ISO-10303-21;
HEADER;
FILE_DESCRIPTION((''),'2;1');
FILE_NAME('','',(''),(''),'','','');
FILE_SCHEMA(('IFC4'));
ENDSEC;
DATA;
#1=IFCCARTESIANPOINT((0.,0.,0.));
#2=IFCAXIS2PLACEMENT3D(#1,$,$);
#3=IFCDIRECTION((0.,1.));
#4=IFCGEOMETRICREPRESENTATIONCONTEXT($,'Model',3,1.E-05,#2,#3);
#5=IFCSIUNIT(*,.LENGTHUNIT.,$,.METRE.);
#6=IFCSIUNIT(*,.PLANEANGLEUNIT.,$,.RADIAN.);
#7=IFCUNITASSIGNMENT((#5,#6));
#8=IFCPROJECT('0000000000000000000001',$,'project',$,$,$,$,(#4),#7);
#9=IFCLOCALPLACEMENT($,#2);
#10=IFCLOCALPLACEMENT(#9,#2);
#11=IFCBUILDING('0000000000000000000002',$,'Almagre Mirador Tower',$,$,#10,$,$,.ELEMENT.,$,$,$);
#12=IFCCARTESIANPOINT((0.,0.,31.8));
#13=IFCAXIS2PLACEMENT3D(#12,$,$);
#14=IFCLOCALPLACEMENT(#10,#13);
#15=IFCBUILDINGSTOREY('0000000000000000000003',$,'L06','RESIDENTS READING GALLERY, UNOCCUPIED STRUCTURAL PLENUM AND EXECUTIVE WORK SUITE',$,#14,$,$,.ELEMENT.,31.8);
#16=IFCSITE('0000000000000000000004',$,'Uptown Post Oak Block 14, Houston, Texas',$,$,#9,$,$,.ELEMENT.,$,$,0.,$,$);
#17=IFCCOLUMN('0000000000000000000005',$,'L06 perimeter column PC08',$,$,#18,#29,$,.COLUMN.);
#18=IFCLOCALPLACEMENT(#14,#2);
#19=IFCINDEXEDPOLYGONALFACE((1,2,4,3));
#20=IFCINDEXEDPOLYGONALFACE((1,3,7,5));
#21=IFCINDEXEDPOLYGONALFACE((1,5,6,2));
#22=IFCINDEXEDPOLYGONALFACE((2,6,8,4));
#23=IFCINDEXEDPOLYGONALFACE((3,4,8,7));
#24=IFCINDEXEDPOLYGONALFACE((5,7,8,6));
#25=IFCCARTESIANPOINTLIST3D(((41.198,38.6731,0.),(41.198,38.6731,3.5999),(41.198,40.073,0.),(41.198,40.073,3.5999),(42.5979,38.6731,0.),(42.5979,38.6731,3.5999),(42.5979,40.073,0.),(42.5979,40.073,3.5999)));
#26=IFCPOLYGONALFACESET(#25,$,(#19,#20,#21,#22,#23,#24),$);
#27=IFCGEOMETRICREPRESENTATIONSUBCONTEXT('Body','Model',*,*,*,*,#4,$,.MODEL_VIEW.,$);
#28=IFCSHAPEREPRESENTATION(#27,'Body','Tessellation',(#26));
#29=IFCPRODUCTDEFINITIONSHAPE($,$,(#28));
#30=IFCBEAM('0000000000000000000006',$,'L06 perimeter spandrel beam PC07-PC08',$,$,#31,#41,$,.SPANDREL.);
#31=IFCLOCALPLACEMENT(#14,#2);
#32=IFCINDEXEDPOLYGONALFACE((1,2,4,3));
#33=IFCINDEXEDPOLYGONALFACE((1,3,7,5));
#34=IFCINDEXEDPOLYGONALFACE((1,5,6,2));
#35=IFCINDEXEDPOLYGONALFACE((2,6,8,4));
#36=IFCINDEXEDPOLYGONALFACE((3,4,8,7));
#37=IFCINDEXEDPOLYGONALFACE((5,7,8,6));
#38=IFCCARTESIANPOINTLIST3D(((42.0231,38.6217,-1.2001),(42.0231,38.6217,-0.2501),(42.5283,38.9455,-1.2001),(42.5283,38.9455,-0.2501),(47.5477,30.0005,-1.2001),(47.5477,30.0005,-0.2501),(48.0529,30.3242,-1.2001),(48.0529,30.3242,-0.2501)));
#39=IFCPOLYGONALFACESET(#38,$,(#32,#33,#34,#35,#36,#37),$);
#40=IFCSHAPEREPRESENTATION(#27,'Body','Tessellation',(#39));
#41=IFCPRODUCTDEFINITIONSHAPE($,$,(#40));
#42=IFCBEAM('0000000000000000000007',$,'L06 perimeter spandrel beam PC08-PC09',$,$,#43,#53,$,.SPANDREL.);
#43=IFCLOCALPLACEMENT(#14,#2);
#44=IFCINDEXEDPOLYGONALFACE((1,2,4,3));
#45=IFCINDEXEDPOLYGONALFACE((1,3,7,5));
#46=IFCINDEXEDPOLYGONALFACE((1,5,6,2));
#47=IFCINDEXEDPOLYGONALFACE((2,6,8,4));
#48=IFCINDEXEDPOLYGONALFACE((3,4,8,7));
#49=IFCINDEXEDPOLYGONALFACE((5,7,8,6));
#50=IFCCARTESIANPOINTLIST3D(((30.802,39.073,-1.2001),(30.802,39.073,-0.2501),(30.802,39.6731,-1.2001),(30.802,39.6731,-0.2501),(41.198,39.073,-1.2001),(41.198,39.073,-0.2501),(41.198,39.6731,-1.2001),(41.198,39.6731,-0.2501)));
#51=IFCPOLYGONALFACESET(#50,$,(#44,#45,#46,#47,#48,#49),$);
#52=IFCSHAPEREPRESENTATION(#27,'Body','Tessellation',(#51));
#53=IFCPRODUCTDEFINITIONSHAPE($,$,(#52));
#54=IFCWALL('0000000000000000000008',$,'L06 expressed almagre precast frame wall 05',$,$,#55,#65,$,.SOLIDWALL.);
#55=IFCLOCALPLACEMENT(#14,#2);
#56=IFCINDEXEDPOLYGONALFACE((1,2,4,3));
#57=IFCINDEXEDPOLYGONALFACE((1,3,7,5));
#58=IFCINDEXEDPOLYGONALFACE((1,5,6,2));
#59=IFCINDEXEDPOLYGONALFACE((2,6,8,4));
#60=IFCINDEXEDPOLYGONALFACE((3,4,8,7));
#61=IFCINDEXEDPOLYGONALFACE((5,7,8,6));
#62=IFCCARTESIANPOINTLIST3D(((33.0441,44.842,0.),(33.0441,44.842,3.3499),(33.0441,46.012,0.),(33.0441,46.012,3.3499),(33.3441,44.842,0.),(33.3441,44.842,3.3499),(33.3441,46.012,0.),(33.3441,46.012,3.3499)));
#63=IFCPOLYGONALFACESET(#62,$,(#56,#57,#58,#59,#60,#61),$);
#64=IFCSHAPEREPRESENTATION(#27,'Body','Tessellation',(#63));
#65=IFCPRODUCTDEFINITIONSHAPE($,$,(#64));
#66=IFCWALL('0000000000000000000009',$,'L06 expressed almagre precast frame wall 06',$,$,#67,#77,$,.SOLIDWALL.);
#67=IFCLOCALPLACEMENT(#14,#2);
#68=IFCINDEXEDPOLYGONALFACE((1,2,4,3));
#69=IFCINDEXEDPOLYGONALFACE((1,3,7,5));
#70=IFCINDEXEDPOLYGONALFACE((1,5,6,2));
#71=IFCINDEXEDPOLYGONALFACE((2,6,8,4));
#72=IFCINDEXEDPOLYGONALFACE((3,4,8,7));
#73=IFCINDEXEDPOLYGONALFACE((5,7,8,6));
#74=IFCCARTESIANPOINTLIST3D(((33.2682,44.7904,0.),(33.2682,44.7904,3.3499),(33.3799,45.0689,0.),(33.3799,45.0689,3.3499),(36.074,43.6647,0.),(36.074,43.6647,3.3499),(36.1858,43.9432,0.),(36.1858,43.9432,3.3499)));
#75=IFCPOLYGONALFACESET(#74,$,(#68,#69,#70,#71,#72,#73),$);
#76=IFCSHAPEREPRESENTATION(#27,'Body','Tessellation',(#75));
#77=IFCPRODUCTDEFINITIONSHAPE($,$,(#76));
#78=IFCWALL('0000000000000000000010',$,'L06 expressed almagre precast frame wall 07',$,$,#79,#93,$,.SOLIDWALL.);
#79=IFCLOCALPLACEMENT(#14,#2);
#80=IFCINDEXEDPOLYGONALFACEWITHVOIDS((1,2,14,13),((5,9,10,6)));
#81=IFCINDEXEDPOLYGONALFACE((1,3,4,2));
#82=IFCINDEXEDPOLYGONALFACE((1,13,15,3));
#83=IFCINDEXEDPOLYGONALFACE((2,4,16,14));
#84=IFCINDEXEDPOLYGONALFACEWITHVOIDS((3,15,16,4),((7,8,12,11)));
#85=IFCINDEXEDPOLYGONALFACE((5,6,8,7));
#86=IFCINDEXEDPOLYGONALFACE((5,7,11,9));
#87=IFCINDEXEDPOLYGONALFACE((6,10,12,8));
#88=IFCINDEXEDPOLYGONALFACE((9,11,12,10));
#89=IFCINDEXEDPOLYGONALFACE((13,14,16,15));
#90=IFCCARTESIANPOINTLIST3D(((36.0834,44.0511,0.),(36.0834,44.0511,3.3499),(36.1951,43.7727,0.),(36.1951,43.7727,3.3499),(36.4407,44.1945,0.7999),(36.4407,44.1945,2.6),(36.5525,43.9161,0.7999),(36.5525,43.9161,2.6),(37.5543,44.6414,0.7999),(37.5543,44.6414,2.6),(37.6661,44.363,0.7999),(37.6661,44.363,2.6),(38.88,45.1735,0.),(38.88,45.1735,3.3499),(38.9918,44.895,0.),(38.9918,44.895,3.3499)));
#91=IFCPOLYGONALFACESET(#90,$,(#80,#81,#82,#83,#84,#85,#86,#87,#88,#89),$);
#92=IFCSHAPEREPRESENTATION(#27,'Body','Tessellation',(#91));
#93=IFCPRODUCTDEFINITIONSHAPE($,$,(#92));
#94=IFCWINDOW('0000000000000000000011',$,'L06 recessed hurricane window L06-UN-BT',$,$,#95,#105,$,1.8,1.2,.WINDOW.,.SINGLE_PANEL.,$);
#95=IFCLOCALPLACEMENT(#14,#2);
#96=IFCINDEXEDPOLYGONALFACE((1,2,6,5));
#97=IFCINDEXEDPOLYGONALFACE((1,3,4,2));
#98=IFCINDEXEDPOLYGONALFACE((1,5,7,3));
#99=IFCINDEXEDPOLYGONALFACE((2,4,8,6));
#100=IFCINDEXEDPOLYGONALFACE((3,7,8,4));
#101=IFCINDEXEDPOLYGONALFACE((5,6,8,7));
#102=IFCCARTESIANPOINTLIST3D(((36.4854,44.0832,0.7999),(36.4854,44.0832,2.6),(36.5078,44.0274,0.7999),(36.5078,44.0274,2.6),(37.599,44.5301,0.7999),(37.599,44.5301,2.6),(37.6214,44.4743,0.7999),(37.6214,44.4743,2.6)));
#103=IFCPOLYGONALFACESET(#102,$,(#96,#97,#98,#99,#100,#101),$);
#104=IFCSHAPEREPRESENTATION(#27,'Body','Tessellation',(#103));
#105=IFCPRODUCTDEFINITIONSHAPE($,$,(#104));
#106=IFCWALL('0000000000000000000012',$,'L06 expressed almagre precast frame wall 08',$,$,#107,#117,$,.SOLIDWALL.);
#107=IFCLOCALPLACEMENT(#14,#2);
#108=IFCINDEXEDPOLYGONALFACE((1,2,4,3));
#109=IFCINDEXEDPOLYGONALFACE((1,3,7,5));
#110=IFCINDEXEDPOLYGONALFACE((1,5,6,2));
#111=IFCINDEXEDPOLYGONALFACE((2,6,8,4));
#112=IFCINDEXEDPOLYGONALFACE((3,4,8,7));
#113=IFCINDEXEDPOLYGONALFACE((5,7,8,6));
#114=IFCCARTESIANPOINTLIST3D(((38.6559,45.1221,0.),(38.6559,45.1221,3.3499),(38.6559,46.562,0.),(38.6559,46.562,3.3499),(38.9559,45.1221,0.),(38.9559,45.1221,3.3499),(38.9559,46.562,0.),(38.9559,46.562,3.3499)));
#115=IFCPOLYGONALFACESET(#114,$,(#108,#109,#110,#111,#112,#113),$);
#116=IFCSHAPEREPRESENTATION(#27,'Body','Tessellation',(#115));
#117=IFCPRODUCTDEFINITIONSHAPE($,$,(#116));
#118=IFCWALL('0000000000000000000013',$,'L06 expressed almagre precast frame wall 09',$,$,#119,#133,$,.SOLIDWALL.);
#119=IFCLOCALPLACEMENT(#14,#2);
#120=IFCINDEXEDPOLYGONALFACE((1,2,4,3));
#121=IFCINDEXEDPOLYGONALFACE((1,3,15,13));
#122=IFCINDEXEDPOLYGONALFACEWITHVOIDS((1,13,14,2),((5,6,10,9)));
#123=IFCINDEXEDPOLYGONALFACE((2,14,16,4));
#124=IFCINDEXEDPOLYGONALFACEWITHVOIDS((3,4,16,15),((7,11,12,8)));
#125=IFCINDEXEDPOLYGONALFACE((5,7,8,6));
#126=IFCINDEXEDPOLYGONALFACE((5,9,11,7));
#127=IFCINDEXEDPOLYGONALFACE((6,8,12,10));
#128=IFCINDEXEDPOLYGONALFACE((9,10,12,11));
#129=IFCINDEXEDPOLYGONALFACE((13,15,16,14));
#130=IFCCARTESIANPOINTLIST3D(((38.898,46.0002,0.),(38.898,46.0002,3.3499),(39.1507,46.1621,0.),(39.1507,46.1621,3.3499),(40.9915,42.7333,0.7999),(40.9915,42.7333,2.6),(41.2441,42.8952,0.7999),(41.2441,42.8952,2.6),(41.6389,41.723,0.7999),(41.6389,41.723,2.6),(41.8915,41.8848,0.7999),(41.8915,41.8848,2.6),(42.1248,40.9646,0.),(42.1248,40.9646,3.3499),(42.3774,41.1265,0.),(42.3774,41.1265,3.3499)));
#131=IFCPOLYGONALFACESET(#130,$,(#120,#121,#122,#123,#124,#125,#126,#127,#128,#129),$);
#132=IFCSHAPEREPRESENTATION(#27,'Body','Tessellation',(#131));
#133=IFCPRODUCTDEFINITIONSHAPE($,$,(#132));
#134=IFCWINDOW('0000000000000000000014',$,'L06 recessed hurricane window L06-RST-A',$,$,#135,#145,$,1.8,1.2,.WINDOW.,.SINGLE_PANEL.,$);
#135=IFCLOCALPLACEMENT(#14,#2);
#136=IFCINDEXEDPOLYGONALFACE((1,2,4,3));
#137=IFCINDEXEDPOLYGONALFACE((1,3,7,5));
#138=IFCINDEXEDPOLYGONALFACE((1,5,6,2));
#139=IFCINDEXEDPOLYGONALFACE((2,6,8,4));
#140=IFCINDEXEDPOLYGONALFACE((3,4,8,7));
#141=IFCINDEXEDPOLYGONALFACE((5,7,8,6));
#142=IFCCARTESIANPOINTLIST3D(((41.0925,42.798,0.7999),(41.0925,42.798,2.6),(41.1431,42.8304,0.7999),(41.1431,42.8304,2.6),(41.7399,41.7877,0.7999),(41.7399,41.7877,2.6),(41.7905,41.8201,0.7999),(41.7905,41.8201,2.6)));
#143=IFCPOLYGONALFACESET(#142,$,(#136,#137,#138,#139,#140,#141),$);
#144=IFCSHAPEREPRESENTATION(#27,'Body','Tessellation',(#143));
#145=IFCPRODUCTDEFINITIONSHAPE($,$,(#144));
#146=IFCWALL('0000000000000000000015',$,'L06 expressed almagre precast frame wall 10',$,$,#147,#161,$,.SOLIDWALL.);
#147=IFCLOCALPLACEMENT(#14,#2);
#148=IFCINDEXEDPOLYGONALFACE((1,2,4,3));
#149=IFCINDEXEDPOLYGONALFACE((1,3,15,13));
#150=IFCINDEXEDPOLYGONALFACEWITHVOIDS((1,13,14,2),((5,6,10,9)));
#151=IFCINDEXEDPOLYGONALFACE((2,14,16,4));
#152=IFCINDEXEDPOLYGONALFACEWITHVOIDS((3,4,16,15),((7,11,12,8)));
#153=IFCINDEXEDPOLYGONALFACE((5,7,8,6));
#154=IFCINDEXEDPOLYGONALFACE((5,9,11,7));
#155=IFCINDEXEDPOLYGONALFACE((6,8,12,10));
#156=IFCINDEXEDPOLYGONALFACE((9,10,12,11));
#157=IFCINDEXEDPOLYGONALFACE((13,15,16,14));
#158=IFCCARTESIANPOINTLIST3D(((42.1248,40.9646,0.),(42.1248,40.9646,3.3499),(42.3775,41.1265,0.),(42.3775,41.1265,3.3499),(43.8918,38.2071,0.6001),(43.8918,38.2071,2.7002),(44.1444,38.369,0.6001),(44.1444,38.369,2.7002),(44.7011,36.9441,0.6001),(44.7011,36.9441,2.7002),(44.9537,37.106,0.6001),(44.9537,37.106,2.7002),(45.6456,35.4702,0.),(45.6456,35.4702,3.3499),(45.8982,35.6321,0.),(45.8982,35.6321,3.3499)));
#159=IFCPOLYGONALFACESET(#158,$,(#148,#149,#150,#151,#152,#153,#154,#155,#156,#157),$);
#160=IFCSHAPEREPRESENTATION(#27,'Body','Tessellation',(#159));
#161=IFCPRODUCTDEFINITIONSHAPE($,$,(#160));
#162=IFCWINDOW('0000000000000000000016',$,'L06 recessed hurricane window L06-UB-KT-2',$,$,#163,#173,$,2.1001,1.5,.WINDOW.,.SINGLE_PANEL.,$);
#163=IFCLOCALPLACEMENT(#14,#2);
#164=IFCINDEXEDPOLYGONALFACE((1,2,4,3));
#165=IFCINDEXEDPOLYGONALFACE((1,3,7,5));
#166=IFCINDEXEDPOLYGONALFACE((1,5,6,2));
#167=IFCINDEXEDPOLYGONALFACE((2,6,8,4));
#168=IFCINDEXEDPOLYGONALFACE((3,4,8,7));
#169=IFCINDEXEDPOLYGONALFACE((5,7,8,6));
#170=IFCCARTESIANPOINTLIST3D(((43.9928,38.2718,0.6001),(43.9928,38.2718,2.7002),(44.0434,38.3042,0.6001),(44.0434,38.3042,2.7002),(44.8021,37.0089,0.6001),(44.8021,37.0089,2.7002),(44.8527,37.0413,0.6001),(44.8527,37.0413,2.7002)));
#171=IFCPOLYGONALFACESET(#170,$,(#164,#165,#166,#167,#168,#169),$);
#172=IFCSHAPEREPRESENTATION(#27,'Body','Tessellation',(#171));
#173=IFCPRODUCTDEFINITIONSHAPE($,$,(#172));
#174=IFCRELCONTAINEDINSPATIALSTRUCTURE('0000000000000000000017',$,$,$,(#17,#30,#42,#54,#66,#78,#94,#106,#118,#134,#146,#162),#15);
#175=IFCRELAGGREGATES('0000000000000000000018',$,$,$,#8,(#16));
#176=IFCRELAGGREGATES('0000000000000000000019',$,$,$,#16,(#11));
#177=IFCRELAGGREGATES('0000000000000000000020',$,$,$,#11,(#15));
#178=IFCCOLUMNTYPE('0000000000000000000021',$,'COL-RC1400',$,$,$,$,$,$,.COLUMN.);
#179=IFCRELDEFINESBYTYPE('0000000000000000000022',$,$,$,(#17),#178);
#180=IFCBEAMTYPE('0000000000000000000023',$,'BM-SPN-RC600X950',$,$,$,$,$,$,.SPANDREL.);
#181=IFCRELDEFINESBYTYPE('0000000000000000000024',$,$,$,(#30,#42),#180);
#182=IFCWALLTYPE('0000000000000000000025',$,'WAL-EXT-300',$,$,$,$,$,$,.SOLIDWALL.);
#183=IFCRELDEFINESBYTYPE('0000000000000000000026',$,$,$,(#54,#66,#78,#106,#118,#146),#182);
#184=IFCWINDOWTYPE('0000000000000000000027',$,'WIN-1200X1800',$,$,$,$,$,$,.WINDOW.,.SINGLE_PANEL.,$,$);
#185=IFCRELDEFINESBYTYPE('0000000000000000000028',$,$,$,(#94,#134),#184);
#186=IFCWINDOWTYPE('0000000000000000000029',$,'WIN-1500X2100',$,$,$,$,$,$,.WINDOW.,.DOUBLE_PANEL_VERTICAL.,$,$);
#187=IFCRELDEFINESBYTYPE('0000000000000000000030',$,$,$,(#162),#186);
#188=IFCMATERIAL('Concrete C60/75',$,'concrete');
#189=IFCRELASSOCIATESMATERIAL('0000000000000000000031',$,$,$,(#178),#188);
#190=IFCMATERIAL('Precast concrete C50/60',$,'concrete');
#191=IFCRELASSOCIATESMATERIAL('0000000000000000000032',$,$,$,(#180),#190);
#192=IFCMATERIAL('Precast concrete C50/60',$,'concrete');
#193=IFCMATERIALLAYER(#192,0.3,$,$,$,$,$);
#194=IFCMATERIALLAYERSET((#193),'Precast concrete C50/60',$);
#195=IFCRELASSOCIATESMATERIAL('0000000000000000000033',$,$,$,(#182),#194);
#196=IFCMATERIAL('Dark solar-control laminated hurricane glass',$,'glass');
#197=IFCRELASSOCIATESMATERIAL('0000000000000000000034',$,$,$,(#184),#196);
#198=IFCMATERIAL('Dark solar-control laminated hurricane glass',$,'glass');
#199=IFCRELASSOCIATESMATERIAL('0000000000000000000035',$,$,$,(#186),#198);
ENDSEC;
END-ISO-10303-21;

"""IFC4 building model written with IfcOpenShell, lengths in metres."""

from ifc_helpers import new_model, si_unit, direction, frame, frame_2d, origin, origin_2d, place, context, subcontext, project, spatial, rectangle, extrude, material, layer, layer_set, material_profile, profile_set, type_object, element, fill, save


model = new_model("IFC4")

# Units and contexts
model_context = context("Model", 3, precision=1e-05, world=origin(), true_north=direction((0.0, 1.0)))
body_context = subcontext(model_context, "Body", "Model", "MODEL_VIEW")
ifc_project = project(units=[si_unit("LENGTHUNIT", "METRE"), si_unit("PLANEANGLEUNIT", "RADIAN")], contexts=[model_context])

# Site, building, storey
site_placement = place(None, origin())
site = spatial("IfcSite", under=ifc_project, at=site_placement, Name="Uptown Post Oak Block 14, Houston, Texas", CompositionType="ELEMENT", RefElevation=0.0)
building_placement = place(site_placement, origin())
building = spatial("IfcBuilding", under=site, at=building_placement, Name="Almagre Mirador Tower", CompositionType="ELEMENT")
storey_placement = place(building_placement, frame((0.0, 0.0, 31.8)))
storey = spatial("IfcBuildingStorey", under=building, at=storey_placement, Name="L06", Description="RESIDENTS READING GALLERY, UNOCCUPIED STRUCTURAL PLENUM AND EXECUTIVE WORK SUITE", CompositionType="ELEMENT", Elevation=31.8)

# Column
ifc_material_1 = material(Name="Concrete C60/75", Category="concrete")
ifc_material_profile_1 = material_profile(ifc_material_1, rectangle(XDim=1.3999, YDim=1.3999, at=origin_2d()), Name="RC1400X1400")
ifc_profile_set_1 = profile_set([ifc_material_profile_1], Name="Concrete C60/75")
column_type = type_object("IfcColumnType", Name="COL-RC1400", PredefinedType="COLUMN", material=ifc_profile_set_1)
column_placement = place(storey_placement, frame((41.8979, 39.373, 0.0), z_axis=(0.0, 0.0, 1.0), x_axis=(1.0, 0.0, 0.0)))
element("IfcColumn", 1, at=column_placement, inside=storey, type_object=column_type, Name="L06 perimeter column PC08", PredefinedType="COLUMN", context=body_context, shape_type="SweptSolid", body=[
    extrude(rectangle(XDim=1.3999, YDim=1.3999, at=origin_2d()), origin(), (0.0, 0.0, 1.0), 3.5999),
])

# Beams
ifc_material_2 = material(Name="Precast concrete C50/60", Category="concrete")
ifc_material_profile_2 = material_profile(ifc_material_2, rectangle(XDim=0.6001, YDim=0.95, at=origin_2d()), Name="RC600X950")
ifc_profile_set_2 = profile_set([ifc_material_profile_2], Name="Precast concrete C50/60")
beam_type = type_object("IfcBeamType", Name="BM-SPN-RC600X950", PredefinedType="SPANDREL", material=ifc_profile_set_2)
beam_1_placement = place(storey_placement, frame((47.8003, 30.1624, -0.7251), z_axis=(-0.539539, 0.841961, 0.0), x_axis=(-0.841961, -0.539539, 0.0)))
element("IfcBeam", 2, at=beam_1_placement, inside=storey, type_object=beam_type, Name="L06 perimeter spandrel beam PC07-PC08", PredefinedType="SPANDREL", context=body_context, shape_type="SweptSolid", body=[
    extrude(rectangle(XDim=0.6001, YDim=0.95, at=origin_2d()), origin(), (0.0, 0.0, 1.0), 10.2395),
])
beam_2_placement = place(storey_placement, frame((41.198, 39.373, -0.7251), z_axis=(-1.0, 0.0, 0.0), x_axis=(0.0, -1.0, 0.0)))
element("IfcBeam", 3, at=beam_2_placement, inside=storey, type_object=beam_type, Name="L06 perimeter spandrel beam PC08-PC09", PredefinedType="SPANDREL", context=body_context, shape_type="SweptSolid", body=[
    extrude(rectangle(XDim=0.6001, YDim=0.95, at=origin_2d()), origin(), (0.0, 0.0, 1.0), 10.396),
])

# Walls
ifc_material_3 = material(Name="Precast concrete C50/60", Category="concrete")
ifc_layer_1 = layer(ifc_material_3, 0.3)
ifc_layer_set_1 = layer_set([ifc_layer_1], Name="Precast concrete C50/60")
wall_type_1 = type_object("IfcWallType", Name="WAL-EXT-300", PredefinedType="SOLIDWALL", material=ifc_layer_set_1)
wall_1_placement = place(storey_placement, frame((33.1941, 46.012, 0.0), z_axis=(0.0, 0.0, 1.0), x_axis=(0.0, -1.0, 0.0)))
element("IfcWall", 4, at=wall_1_placement, inside=storey, type_object=wall_type_1, Name="L06 expressed almagre precast frame wall 05", PredefinedType="SOLIDWALL", context=body_context, shape_type="SweptSolid", body=[
    extrude(rectangle(XDim=1.1699, YDim=0.3, at=frame_2d((0.585, 0.0))), origin(), (0.0, 0.0, 1.0), 3.3499),
])
wall_2_placement = place(storey_placement, frame((33.324, 44.9297, 0.0), z_axis=(0.0, 0.0, 1.0), x_axis=(0.928092, -0.372351, 0.0)))
element("IfcWall", 5, at=wall_2_placement, inside=storey, type_object=wall_type_1, Name="L06 expressed almagre precast frame wall 06", PredefinedType="SOLIDWALL", context=body_context, shape_type="SweptSolid", body=[
    extrude(rectangle(XDim=3.0232, YDim=0.3, at=frame_2d((1.5117, 0.0))), origin(), (0.0, 0.0, 1.0), 3.3499),
])

# Wall, opening, window
wall_3_placement = place(storey_placement, frame((36.1392, 43.9119, 0.0), z_axis=(0.0, 0.0, 1.0), x_axis=(0.928057, 0.372438, 0.0)))
wall_3 = element("IfcWall", 6, at=wall_3_placement, inside=storey, type_object=wall_type_1, Name="L06 expressed almagre precast frame wall 07", PredefinedType="SOLIDWALL", context=body_context, shape_type="SweptSolid", body=[
    extrude(rectangle(XDim=3.0134, YDim=0.3, at=frame_2d((1.5068, 0.0))), origin(), (0.0, 0.0, 1.0), 3.3499),
])
opening_1_placement = place(wall_3_placement, frame((0.385, 0.0, 0.8)))
opening_1 = element("IfcOpeningElement", 7, at=opening_1_placement, cuts=wall_3, PredefinedType="OPENING", context=body_context, shape_type="SweptSolid", body=[
    extrude(rectangle(XDim=1.2, YDim=1.8, at=frame_2d((0.6001, 0.8999))), frame((0.0, 0.1599, 0.0), z_axis=(0.0, -1.0, 0.0), x_axis=(1.0, 0.0, 0.0)), (0.0, 0.0, 1.0), 0.32),
])
ifc_material_4 = material(Name="Dark solar-control laminated hurricane glass", Category="glass")
window_type_1 = type_object("IfcWindowType", Name="WIN-1200X1800", PartitioningType="SINGLE_PANEL", PredefinedType="WINDOW", material=ifc_material_4)
window_1_placement = place(opening_1_placement, origin())
window_1 = element("IfcWindow", 8, at=window_1_placement, inside=storey, type_object=window_type_1, Name="L06 recessed hurricane window L06-UN-BT", OverallHeight=1.8, OverallWidth=1.2, PartitioningType="SINGLE_PANEL", PredefinedType="WINDOW", context=body_context, shape_type="SweptSolid", body=[
    extrude(rectangle(XDim=1.2, YDim=1.8, at=frame_2d((0.6001, 0.8999))), frame((0.0, 0.03, 0.0), z_axis=(0.0, -1.0, 0.0), x_axis=(1.0, 0.0, 0.0)), (0.0, 0.0, 1.0), 0.0601),
])
fill(opening_1, window_1)

# Wall
wall_4_placement = place(storey_placement, frame((38.8059, 45.1221, 0.0), z_axis=(0.0, 0.0, 1.0), x_axis=(0.0, 1.0, 0.0)))
element("IfcWall", 9, at=wall_4_placement, inside=storey, type_object=wall_type_1, Name="L06 expressed almagre precast frame wall 08", PredefinedType="SOLIDWALL", context=body_context, shape_type="SweptSolid", body=[
    extrude(rectangle(XDim=1.4399, YDim=0.3, at=frame_2d((0.72, 0.0))), origin(), (0.0, 0.0, 1.0), 3.3499),
])

# Walls, openings, windows
wall_5_placement = place(storey_placement, frame((39.0244, 46.0811, 0.0), z_axis=(0.0, 0.0, 1.0), x_axis=(0.539527, -0.841968, 0.0)))
wall_5 = element("IfcWall", 10, at=wall_5_placement, inside=storey, type_object=wall_type_1, Name="L06 expressed almagre precast frame wall 09", PredefinedType="SOLIDWALL", context=body_context, shape_type="SweptSolid", body=[
    extrude(rectangle(XDim=5.9807, YDim=0.3, at=frame_2d((2.9902, 0.0))), origin(), (0.0, 0.0, 1.0), 3.3499),
])
opening_2_placement = place(wall_5_placement, frame((3.8799, 0.0, 0.8)))
opening_2 = element("IfcOpeningElement", 11, at=opening_2_placement, cuts=wall_5, PredefinedType="OPENING", context=body_context, shape_type="SweptSolid", body=[
    extrude(rectangle(XDim=1.2, YDim=1.8, at=frame_2d((0.6001, 0.8999))), frame((0.0, 0.1599, 0.0), z_axis=(0.0, -1.0, 0.0), x_axis=(1.0, 0.0, 0.0)), (0.0, 0.0, 1.0), 0.32),
])
window_2_placement = place(opening_2_placement, origin())
window_2 = element("IfcWindow", 12, at=window_2_placement, inside=storey, type_object=window_type_1, Name="L06 recessed hurricane window L06-RST-A", OverallHeight=1.8, OverallWidth=1.2, PartitioningType="SINGLE_PANEL", PredefinedType="WINDOW", context=body_context, shape_type="SweptSolid", body=[
    extrude(rectangle(XDim=1.2, YDim=1.8, at=frame_2d((0.6001, 0.8999))), frame((0.0, 0.03, 0.0), z_axis=(0.0, -1.0, 0.0), x_axis=(1.0, 0.0, 0.0)), (0.0, 0.0, 1.0), 0.0601),
])
fill(opening_2, window_2)
wall_6_placement = place(storey_placement, frame((42.2512, 41.0454, 0.0), z_axis=(0.0, 0.0, 1.0), x_axis=(0.539526, -0.841969, 0.0)))
wall_6 = element("IfcWall", 13, at=wall_6_placement, inside=storey, type_object=wall_type_1, Name="L06 expressed almagre precast frame wall 10", PredefinedType="SOLIDWALL", context=body_context, shape_type="SweptSolid", body=[
    extrude(rectangle(XDim=6.5256, YDim=0.3, at=frame_2d((3.2627, 0.0))), origin(), (0.0, 0.0, 1.0), 3.3499),
])
opening_3_placement = place(wall_6_placement, frame((3.2749, 0.0, 0.6001)))
opening_3 = element("IfcOpeningElement", 14, at=opening_3_placement, cuts=wall_6, PredefinedType="OPENING", context=body_context, shape_type="SweptSolid", body=[
    extrude(rectangle(XDim=1.5, YDim=2.1001, at=frame_2d((0.75, 1.05))), frame((0.0, 0.1599, 0.0), z_axis=(0.0, -1.0, 0.0), x_axis=(1.0, 0.0, 0.0)), (0.0, 0.0, 1.0), 0.32),
])
ifc_material_5 = material(Name="Dark solar-control laminated hurricane glass", Category="glass")
window_type_2 = type_object("IfcWindowType", Name="WIN-1500X2100", PartitioningType="DOUBLE_PANEL_VERTICAL", PredefinedType="WINDOW", material=ifc_material_5)
window_3_placement = place(opening_3_placement, origin())
window_3 = element("IfcWindow", 15, at=window_3_placement, inside=storey, type_object=window_type_2, Name="L06 recessed hurricane window L06-UB-KT-2", OverallHeight=2.1001, OverallWidth=1.5, PartitioningType="SINGLE_PANEL", PredefinedType="WINDOW", context=body_context, shape_type="SweptSolid", body=[
    extrude(rectangle(XDim=1.5, YDim=2.1001, at=frame_2d((0.75, 1.05))), frame((0.0, 0.03, 0.0), z_axis=(0.0, -1.0, 0.0), x_axis=(1.0, 0.0, 0.0)), (0.0, 0.0, 1.0), 0.0601),
])
fill(opening_3, window_3)

save(model, "model.ifc")
